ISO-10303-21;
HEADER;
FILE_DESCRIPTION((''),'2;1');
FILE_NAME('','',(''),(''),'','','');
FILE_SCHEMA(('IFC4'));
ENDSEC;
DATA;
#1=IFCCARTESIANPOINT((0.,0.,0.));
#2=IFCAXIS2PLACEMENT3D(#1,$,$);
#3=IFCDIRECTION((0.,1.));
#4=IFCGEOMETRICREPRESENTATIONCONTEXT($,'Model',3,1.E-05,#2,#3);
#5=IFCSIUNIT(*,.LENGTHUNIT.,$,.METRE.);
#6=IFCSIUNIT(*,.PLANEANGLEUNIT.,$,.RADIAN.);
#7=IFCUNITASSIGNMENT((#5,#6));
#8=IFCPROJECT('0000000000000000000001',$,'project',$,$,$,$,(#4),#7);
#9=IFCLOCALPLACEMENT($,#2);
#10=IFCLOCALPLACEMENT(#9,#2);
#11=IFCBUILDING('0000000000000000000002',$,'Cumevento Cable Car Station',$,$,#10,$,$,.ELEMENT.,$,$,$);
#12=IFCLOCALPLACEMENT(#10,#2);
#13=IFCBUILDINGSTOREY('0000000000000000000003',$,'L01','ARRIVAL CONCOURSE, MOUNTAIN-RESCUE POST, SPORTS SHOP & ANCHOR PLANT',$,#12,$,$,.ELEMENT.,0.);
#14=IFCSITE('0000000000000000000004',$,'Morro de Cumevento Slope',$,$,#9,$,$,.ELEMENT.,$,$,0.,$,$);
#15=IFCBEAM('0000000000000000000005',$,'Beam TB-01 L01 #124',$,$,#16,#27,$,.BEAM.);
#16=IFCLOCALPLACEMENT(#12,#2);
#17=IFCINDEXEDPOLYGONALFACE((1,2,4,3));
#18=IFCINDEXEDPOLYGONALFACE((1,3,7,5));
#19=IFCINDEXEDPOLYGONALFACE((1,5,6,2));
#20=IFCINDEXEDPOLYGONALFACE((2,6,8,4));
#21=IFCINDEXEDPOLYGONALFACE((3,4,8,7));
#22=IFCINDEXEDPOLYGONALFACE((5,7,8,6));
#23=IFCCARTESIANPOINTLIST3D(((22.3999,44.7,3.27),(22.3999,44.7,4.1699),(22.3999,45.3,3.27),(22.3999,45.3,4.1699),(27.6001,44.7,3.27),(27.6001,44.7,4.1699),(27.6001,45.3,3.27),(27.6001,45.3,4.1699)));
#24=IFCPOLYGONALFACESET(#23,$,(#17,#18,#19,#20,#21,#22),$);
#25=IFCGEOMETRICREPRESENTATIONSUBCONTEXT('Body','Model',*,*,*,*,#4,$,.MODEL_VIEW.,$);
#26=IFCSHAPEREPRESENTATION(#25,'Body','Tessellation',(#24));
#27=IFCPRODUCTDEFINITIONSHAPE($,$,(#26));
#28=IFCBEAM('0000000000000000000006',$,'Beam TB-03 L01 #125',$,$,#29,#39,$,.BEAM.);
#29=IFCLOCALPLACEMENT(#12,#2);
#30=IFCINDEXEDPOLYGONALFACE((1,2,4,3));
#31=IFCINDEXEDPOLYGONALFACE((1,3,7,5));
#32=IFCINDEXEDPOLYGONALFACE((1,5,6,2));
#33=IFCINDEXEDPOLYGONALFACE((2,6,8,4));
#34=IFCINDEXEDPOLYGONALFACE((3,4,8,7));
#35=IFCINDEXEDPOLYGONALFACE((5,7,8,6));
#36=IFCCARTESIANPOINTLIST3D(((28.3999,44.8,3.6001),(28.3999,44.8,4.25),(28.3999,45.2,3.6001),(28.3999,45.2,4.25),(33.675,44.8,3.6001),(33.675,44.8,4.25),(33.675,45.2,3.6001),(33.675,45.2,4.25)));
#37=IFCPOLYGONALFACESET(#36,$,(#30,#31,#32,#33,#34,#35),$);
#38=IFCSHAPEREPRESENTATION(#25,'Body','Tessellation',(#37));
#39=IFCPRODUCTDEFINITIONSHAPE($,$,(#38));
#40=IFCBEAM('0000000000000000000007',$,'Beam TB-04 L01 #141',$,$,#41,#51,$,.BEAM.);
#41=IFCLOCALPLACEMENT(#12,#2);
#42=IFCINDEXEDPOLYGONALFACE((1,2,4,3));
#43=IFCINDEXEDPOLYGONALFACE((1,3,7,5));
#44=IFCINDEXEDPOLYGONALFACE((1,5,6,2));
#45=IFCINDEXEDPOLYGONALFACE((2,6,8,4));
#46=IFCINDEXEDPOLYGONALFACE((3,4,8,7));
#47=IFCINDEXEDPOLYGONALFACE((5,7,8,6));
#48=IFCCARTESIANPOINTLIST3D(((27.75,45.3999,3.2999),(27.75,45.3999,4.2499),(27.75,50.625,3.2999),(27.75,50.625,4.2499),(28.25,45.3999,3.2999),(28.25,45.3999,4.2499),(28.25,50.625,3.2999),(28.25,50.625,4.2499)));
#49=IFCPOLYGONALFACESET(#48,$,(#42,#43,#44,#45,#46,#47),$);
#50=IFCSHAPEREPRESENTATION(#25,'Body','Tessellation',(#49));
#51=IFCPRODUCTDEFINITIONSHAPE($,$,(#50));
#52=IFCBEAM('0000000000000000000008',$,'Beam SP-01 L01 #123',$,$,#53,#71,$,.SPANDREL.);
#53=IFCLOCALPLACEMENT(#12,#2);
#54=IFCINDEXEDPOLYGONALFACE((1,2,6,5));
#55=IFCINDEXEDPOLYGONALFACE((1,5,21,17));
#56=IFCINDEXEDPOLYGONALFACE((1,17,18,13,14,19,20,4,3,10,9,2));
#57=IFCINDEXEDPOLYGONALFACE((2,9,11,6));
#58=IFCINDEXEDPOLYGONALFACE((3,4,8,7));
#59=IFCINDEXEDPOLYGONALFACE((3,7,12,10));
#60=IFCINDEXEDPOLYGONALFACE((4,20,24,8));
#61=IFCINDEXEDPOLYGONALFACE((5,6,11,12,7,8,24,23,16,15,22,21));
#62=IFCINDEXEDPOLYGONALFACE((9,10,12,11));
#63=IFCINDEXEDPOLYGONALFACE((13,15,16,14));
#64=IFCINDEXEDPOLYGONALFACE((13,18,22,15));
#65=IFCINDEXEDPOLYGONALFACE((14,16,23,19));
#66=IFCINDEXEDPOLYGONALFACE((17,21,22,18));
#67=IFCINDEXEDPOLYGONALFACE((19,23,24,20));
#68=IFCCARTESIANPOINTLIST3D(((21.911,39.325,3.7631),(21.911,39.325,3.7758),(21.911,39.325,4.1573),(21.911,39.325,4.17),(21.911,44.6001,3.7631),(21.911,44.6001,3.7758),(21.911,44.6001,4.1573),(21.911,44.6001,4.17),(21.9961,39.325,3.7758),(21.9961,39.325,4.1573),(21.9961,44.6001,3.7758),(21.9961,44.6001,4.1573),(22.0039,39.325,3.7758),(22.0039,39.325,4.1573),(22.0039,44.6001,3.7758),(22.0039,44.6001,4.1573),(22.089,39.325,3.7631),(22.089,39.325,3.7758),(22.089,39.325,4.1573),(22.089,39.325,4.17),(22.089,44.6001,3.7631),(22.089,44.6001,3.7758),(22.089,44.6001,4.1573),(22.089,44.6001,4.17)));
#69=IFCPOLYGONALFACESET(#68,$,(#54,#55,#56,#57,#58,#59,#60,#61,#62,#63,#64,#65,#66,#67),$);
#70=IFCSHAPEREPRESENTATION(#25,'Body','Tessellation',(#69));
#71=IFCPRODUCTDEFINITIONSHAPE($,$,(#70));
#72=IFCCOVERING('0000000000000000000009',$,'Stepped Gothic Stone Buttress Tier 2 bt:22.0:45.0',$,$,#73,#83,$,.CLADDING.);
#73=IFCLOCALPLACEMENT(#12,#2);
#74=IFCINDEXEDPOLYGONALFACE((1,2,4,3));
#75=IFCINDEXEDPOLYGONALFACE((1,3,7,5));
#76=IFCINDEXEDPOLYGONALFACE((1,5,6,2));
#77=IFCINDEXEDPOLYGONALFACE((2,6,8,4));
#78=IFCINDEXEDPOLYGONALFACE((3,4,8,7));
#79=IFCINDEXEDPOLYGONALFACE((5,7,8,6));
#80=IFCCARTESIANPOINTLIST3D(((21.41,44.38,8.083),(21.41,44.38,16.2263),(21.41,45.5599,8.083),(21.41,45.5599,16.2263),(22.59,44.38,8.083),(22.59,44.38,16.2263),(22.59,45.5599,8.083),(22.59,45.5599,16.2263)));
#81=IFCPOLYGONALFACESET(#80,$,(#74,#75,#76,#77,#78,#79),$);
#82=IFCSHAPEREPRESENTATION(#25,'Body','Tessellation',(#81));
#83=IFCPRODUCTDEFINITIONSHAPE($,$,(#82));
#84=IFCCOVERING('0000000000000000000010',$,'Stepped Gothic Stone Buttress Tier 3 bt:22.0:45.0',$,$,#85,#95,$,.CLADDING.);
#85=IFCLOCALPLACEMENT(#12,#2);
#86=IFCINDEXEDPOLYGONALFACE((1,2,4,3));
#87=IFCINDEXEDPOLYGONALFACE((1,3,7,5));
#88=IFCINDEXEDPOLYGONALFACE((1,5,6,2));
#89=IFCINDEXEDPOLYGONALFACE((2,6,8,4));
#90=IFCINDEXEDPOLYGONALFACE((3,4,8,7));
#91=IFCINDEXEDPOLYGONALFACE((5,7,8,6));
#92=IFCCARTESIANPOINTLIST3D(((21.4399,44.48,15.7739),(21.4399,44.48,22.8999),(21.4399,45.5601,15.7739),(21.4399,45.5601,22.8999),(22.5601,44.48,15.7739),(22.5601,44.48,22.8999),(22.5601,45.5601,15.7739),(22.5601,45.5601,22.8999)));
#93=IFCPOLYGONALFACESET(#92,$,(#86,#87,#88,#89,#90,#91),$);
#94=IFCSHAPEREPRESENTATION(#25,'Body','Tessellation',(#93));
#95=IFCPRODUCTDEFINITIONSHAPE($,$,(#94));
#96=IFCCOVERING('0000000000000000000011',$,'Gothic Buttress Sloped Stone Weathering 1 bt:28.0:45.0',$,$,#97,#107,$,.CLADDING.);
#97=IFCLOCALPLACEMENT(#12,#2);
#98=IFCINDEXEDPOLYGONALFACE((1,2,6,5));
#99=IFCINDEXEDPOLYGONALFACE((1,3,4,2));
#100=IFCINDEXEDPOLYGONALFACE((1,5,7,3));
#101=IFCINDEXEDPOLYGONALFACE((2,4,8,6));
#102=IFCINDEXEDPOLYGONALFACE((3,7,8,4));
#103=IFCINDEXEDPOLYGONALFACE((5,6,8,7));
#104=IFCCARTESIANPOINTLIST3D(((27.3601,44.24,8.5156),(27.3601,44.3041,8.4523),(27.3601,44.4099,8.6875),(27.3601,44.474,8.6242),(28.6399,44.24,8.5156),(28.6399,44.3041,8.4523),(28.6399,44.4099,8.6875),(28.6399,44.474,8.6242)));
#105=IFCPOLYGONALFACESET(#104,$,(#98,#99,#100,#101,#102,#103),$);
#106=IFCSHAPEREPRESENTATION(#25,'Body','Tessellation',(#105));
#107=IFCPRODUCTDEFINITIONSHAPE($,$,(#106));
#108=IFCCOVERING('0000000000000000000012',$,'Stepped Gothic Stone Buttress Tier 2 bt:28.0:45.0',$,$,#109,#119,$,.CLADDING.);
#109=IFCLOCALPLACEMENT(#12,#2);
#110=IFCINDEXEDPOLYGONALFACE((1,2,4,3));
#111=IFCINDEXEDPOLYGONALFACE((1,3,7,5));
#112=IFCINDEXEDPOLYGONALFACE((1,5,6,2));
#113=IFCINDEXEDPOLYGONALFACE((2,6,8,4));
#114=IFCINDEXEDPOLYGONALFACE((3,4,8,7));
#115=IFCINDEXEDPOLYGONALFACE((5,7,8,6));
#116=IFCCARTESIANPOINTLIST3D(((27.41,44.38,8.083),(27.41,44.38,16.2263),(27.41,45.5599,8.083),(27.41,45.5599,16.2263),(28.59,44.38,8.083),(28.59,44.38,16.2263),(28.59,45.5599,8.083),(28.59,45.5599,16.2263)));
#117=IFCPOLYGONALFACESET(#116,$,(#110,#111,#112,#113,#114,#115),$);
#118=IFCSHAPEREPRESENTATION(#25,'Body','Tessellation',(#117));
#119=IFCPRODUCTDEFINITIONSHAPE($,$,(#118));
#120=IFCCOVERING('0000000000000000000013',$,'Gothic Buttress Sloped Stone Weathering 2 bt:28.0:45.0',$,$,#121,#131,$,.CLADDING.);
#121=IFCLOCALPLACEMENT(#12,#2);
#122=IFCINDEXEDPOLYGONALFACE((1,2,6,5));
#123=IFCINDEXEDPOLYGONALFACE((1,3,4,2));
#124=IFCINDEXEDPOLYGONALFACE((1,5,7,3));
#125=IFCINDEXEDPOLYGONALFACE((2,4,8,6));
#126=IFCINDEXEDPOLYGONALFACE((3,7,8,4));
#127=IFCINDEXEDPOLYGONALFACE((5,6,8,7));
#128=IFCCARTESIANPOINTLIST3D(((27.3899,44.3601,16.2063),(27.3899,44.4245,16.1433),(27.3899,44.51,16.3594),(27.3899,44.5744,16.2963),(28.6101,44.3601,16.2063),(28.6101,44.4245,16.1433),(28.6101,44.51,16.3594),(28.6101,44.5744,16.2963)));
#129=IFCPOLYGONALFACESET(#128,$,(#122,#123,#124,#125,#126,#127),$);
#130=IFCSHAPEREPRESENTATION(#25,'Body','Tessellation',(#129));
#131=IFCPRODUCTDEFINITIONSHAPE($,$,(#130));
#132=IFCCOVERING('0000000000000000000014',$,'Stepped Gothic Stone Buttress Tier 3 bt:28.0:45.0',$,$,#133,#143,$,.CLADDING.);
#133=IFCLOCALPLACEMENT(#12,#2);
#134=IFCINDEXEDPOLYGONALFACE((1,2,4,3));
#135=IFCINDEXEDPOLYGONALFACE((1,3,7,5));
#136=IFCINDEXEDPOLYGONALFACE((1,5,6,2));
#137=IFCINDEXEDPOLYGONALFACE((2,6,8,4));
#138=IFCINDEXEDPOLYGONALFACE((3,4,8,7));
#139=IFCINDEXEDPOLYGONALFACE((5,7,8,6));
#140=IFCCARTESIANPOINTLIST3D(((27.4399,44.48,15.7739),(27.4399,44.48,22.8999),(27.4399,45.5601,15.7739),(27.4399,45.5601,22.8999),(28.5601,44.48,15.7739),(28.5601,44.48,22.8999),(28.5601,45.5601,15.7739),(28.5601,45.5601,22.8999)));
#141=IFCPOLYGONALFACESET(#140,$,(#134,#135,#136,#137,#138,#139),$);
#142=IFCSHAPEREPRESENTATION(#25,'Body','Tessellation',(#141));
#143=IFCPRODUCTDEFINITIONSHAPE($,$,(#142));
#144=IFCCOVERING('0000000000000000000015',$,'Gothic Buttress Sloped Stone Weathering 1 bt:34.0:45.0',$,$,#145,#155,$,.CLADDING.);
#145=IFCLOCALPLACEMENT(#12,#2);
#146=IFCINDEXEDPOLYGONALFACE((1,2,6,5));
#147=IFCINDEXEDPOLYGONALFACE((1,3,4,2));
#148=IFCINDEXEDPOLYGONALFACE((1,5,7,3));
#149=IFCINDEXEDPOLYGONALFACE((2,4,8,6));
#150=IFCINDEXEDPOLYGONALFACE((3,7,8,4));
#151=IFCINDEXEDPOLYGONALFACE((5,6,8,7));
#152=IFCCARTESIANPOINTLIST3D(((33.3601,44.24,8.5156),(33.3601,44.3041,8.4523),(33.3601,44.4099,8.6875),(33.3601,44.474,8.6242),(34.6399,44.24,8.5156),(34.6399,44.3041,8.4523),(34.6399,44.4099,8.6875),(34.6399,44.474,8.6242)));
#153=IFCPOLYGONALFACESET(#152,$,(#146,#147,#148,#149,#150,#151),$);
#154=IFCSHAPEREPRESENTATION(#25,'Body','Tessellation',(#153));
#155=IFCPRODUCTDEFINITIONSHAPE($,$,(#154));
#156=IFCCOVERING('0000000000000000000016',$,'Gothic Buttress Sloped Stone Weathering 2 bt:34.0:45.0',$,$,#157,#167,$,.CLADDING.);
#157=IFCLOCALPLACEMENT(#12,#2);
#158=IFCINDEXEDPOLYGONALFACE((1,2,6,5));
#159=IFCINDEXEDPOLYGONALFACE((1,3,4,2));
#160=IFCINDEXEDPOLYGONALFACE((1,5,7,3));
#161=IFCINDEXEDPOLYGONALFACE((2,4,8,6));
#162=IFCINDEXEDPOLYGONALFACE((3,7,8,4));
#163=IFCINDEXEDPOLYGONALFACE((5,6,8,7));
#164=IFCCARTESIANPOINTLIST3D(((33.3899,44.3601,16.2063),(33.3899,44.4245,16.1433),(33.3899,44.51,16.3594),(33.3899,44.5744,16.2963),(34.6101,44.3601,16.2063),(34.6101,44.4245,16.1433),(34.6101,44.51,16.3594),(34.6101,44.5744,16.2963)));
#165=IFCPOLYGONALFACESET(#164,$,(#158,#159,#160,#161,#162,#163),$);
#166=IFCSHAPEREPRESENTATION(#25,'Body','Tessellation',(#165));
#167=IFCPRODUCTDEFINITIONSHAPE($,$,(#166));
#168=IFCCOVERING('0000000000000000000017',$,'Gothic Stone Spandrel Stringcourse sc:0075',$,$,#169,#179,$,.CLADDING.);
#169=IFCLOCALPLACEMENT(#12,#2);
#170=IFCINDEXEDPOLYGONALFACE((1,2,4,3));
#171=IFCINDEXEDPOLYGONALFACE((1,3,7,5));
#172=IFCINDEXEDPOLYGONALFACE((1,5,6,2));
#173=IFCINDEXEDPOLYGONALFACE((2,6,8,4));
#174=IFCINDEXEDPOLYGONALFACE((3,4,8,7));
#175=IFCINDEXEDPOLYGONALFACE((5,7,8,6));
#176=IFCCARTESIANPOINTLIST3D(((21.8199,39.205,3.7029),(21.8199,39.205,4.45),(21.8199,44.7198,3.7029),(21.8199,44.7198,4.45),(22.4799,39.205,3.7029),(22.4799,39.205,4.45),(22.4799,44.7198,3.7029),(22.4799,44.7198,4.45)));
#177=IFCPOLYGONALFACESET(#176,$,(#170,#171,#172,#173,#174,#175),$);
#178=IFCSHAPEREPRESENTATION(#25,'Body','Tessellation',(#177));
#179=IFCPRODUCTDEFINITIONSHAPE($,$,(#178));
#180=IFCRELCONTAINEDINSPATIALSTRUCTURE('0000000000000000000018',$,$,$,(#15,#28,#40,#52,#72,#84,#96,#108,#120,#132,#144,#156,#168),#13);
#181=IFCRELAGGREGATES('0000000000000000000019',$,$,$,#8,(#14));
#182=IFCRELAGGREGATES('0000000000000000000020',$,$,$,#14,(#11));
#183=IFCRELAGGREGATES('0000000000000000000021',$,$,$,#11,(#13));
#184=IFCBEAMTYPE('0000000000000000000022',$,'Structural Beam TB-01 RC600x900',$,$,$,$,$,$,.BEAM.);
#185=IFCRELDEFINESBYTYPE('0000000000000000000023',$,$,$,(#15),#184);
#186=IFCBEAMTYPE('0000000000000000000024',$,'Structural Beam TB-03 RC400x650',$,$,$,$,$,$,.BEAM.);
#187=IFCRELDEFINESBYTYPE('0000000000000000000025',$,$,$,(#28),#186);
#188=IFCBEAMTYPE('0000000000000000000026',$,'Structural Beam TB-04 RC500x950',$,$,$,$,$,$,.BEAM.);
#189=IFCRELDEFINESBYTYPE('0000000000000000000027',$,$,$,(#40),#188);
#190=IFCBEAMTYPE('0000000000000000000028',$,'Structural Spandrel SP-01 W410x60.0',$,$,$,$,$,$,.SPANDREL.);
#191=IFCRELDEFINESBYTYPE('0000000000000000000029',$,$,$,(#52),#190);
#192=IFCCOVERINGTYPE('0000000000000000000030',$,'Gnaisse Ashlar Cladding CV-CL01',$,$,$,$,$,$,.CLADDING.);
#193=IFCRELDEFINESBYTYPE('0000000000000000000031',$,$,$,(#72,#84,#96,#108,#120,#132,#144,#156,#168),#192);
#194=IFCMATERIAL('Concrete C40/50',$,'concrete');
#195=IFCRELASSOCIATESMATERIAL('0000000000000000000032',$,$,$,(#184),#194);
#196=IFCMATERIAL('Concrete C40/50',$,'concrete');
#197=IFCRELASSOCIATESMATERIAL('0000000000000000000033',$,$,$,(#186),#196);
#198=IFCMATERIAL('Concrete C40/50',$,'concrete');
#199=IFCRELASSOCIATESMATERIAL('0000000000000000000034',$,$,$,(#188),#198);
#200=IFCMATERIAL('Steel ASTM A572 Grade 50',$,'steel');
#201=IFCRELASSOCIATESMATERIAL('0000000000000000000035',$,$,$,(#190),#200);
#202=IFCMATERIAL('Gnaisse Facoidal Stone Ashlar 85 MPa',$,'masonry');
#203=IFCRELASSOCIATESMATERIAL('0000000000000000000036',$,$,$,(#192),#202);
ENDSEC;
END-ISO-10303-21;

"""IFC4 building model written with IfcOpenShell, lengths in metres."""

from ifc_helpers import new_model, si_unit, direction, frame, origin, origin_2d, place, context, subcontext, project, spatial, polyline, rectangle, i_section, outline, extrude, material, material_profile, profile_set, type_object, element, save


model = new_model("IFC4")

# Units and contexts
model_context = context("Model", 3, precision=1e-05, world=origin(), true_north=direction((0.0, 1.0)))
body_context = subcontext(model_context, "Body", "Model", "MODEL_VIEW")
ifc_project = project(units=[si_unit("LENGTHUNIT", "METRE"), si_unit("PLANEANGLEUNIT", "RADIAN")], contexts=[model_context])

# Site, building, storey
site_placement = place(None, origin())
site = spatial("IfcSite", under=ifc_project, at=site_placement, Name="Morro de Cumevento Slope", CompositionType="ELEMENT", RefElevation=0.0)
building_placement = place(site_placement, origin())
building = spatial("IfcBuilding", under=site, at=building_placement, Name="Cumevento Cable Car Station", CompositionType="ELEMENT")
storey_placement = place(building_placement, origin())
storey = spatial("IfcBuildingStorey", under=building, at=storey_placement, Name="L01", Description="ARRIVAL CONCOURSE, MOUNTAIN-RESCUE POST, SPORTS SHOP & ANCHOR PLANT", CompositionType="ELEMENT", Elevation=0.0)

# Beams
ifc_material_1 = material(Name="Concrete C40/50", Category="concrete")
ifc_material_profile_1 = material_profile(ifc_material_1, rectangle(XDim=0.6001, YDim=0.8999, at=origin_2d()), Name="RC600x900")
ifc_profile_set_1 = profile_set([ifc_material_profile_1], Name="Concrete C40/50")
beam_type_1 = type_object("IfcBeamType", Name="Structural Beam TB-01 RC600x900", PredefinedType="BEAM", material=ifc_profile_set_1)
beam_1_placement = place(storey_placement, frame((22.3999, 45.0, 3.72), z_axis=(1.0, 0.0, 0.0), x_axis=(0.0, 1.0, 0.0)))
element("IfcBeam", 1, at=beam_1_placement, inside=storey, type_object=beam_type_1, Name="Beam TB-01 L01 #124", PredefinedType="BEAM", context=body_context, shape_type="SweptSolid", body=[
    extrude(rectangle(XDim=0.6001, YDim=0.8999, at=origin_2d()), origin(), (0.0, 0.0, 1.0), 5.2002),
])
ifc_material_2 = material(Name="Concrete C40/50", Category="concrete")
ifc_material_profile_2 = material_profile(ifc_material_2, rectangle(XDim=0.3999, YDim=0.6499, at=origin_2d()), Name="RC400x650")
ifc_profile_set_2 = profile_set([ifc_material_profile_2], Name="Concrete C40/50")
beam_type_2 = type_object("IfcBeamType", Name="Structural Beam TB-03 RC400x650", PredefinedType="BEAM", material=ifc_profile_set_2)
beam_2_placement = place(storey_placement, frame((28.3999, 45.0, 3.925), z_axis=(1.0, 0.0, 0.0), x_axis=(0.0, 1.0, 0.0)))
element("IfcBeam", 2, at=beam_2_placement, inside=storey, type_object=beam_type_2, Name="Beam TB-03 L01 #125", PredefinedType="BEAM", context=body_context, shape_type="SweptSolid", body=[
    extrude(rectangle(XDim=0.3999, YDim=0.6499, at=origin_2d()), origin(), (0.0, 0.0, 1.0), 5.2751),
])
ifc_material_3 = material(Name="Concrete C40/50", Category="concrete")
ifc_material_profile_3 = material_profile(ifc_material_3, rectangle(XDim=0.5, YDim=0.95, at=origin_2d()), Name="RC500x950")
ifc_profile_set_3 = profile_set([ifc_material_profile_3], Name="Concrete C40/50")
beam_type_3 = type_object("IfcBeamType", Name="Structural Beam TB-04 RC500x950", PredefinedType="BEAM", material=ifc_profile_set_3)
beam_3_placement = place(storey_placement, frame((28.0, 45.3999, 3.7749), z_axis=(0.0, 1.0, 0.0), x_axis=(-1.0, 0.0, 0.0)))
element("IfcBeam", 3, at=beam_3_placement, inside=storey, type_object=beam_type_3, Name="Beam TB-04 L01 #141", PredefinedType="BEAM", context=body_context, shape_type="SweptSolid", body=[
    extrude(rectangle(XDim=0.5, YDim=0.95, at=origin_2d()), origin(), (0.0, 0.0, 1.0), 5.2251),
])
ifc_material_4 = material(Name="Steel ASTM A572 Grade 50", Category="steel")
ifc_material_profile_4 = material_profile(ifc_material_4, i_section(OverallWidth=0.178, OverallDepth=0.407, WebThickness=0.0078, FlangeThickness=0.0127, at=origin_2d()), Name="W410x60.0")
ifc_profile_set_4 = profile_set([ifc_material_profile_4], Name="Steel ASTM A572 Grade 50")
beam_type_4 = type_object("IfcBeamType", Name="Structural Spandrel SP-01 W410x60.0", PredefinedType="SPANDREL", material=ifc_profile_set_4)
beam_4_placement = place(storey_placement, frame((22.0, 39.325, 3.9666), z_axis=(0.0, 1.0, 0.0), x_axis=(-1.0, 0.0, 0.0)))
element("IfcBeam", 4, at=beam_4_placement, inside=storey, type_object=beam_type_4, Name="Beam SP-01 L01 #123", PredefinedType="SPANDREL", context=body_context, shape_type="SweptSolid", body=[
    extrude(i_section(OverallWidth=0.178, OverallDepth=0.407, WebThickness=0.0078, FlangeThickness=0.0127, at=origin_2d()), origin(), (0.0, 0.0, 1.0), 5.2751),
])

# Coverings
ifc_material_5 = material(Name="Gnaisse Facoidal Stone Ashlar 85 MPa", Category="masonry")
covering_type = type_object("IfcCoveringType", Name="Gnaisse Ashlar Cladding CV-CL01", PredefinedType="CLADDING", material=ifc_material_5)
covering_1_placement = place(storey_placement, frame((22.0, 44.97, 8.083), z_axis=(0.0, 0.0, 1.0), x_axis=(1.0, 0.0, 0.0)))
element("IfcCovering", 5, at=covering_1_placement, inside=storey, type_object=covering_type, Name="Stepped Gothic Stone Buttress Tier 2 bt:22.0:45.0", PredefinedType="CLADDING", context=body_context, shape_type="SweptSolid", body=[
    extrude(rectangle(XDim=1.1799, YDim=1.1799, at=origin_2d()), origin(), (0.0, 0.0, 1.0), 8.1433),
])
covering_2_placement = place(storey_placement, frame((22.0, 45.02, 15.7739), z_axis=(0.0, 0.0, 1.0), x_axis=(1.0, 0.0, 0.0)))
element("IfcCovering", 6, at=covering_2_placement, inside=storey, type_object=covering_type, Name="Stepped Gothic Stone Buttress Tier 3 bt:22.0:45.0", PredefinedType="CLADDING", context=body_context, shape_type="SweptSolid", body=[
    extrude(rectangle(XDim=1.1201, YDim=1.0801, at=origin_2d()), origin(), (0.0, 0.0, 1.0), 7.126),
])
covering_3_placement = place(storey_placement, frame((27.3601, 44.24, 8.5156), z_axis=(0.0, -0.711136, 0.703055), x_axis=(1.0, 0.0, 0.0)))
element("IfcCovering", 7, at=covering_3_placement, inside=storey, type_object=covering_type, Name="Gothic Buttress Sloped Stone Weathering 1 bt:28.0:45.0", PredefinedType="CLADDING", context=body_context, shape_type="SweptSolid", body=[
    extrude(outline(polyline([(0.0, 0.0), (1.2798, 0.0), (1.2798, 0.2417), (0.0, 0.2417), (0.0, 0.0)])), origin(), (0.0, 0.0, -1.0), 0.0901),
])
covering_4_placement = place(storey_placement, frame((28.0, 44.97, 8.083), z_axis=(0.0, 0.0, 1.0), x_axis=(1.0, 0.0, 0.0)))
element("IfcCovering", 8, at=covering_4_placement, inside=storey, type_object=covering_type, Name="Stepped Gothic Stone Buttress Tier 2 bt:28.0:45.0", PredefinedType="CLADDING", context=body_context, shape_type="SweptSolid", body=[
    extrude(rectangle(XDim=1.1799, YDim=1.1799, at=origin_2d()), origin(), (0.0, 0.0, 1.0), 8.1433),
])
covering_5_placement = place(storey_placement, frame((27.3899, 44.3601, 16.2063), z_axis=(0.0, -0.714475, 0.699661), x_axis=(1.0, 0.0, 0.0)))
element("IfcCovering", 9, at=covering_5_placement, inside=storey, type_object=covering_type, Name="Gothic Buttress Sloped Stone Weathering 2 bt:28.0:45.0", PredefinedType="CLADDING", context=body_context, shape_type="SweptSolid", body=[
    extrude(outline(polyline([(0.0, 0.0), (1.2202, 0.0), (1.2202, 0.2142), (0.0, 0.2142), (0.0, 0.0)])), origin(), (0.0, 0.0, -1.0), 0.0901),
])
covering_6_placement = place(storey_placement, frame((28.0, 45.02, 15.7739), z_axis=(0.0, 0.0, 1.0), x_axis=(1.0, 0.0, 0.0)))
element("IfcCovering", 10, at=covering_6_placement, inside=storey, type_object=covering_type, Name="Stepped Gothic Stone Buttress Tier 3 bt:28.0:45.0", PredefinedType="CLADDING", context=body_context, shape_type="SweptSolid", body=[
    extrude(rectangle(XDim=1.1201, YDim=1.0801, at=origin_2d()), origin(), (0.0, 0.0, 1.0), 7.126),
])
covering_7_placement = place(storey_placement, frame((33.3601, 44.24, 8.5156), z_axis=(0.0, -0.711136, 0.703055), x_axis=(1.0, 0.0, 0.0)))
element("IfcCovering", 11, at=covering_7_placement, inside=storey, type_object=covering_type, Name="Gothic Buttress Sloped Stone Weathering 1 bt:34.0:45.0", PredefinedType="CLADDING", context=body_context, shape_type="SweptSolid", body=[
    extrude(outline(polyline([(0.0, 0.0), (1.2798, 0.0), (1.2798, 0.2417), (0.0, 0.2417), (0.0, 0.0)])), origin(), (0.0, 0.0, -1.0), 0.0901),
])
covering_8_placement = place(storey_placement, frame((33.3899, 44.3601, 16.2063), z_axis=(0.0, -0.714475, 0.699661), x_axis=(1.0, 0.0, 0.0)))
element("IfcCovering", 12, at=covering_8_placement, inside=storey, type_object=covering_type, Name="Gothic Buttress Sloped Stone Weathering 2 bt:34.0:45.0", PredefinedType="CLADDING", context=body_context, shape_type="SweptSolid", body=[
    extrude(outline(polyline([(0.0, 0.0), (1.2202, 0.0), (1.2202, 0.2142), (0.0, 0.2142), (0.0, 0.0)])), origin(), (0.0, 0.0, -1.0), 0.0901),
])
covering_9_placement = place(storey_placement, frame((22.1499, 41.9624, 3.7029), z_axis=(0.0, 0.0, 1.0), x_axis=(0.0, 1.0, 0.0)))
element("IfcCovering", 13, at=covering_9_placement, inside=storey, type_object=covering_type, Name="Gothic Stone Spandrel Stringcourse sc:0075", PredefinedType="CLADDING", context=body_context, shape_type="SweptSolid", body=[
    extrude(rectangle(XDim=5.5149, YDim=0.6599, at=origin_2d()), origin(), (0.0, 0.0, 1.0), 0.7471),
])

save(model, "model.ifc")
